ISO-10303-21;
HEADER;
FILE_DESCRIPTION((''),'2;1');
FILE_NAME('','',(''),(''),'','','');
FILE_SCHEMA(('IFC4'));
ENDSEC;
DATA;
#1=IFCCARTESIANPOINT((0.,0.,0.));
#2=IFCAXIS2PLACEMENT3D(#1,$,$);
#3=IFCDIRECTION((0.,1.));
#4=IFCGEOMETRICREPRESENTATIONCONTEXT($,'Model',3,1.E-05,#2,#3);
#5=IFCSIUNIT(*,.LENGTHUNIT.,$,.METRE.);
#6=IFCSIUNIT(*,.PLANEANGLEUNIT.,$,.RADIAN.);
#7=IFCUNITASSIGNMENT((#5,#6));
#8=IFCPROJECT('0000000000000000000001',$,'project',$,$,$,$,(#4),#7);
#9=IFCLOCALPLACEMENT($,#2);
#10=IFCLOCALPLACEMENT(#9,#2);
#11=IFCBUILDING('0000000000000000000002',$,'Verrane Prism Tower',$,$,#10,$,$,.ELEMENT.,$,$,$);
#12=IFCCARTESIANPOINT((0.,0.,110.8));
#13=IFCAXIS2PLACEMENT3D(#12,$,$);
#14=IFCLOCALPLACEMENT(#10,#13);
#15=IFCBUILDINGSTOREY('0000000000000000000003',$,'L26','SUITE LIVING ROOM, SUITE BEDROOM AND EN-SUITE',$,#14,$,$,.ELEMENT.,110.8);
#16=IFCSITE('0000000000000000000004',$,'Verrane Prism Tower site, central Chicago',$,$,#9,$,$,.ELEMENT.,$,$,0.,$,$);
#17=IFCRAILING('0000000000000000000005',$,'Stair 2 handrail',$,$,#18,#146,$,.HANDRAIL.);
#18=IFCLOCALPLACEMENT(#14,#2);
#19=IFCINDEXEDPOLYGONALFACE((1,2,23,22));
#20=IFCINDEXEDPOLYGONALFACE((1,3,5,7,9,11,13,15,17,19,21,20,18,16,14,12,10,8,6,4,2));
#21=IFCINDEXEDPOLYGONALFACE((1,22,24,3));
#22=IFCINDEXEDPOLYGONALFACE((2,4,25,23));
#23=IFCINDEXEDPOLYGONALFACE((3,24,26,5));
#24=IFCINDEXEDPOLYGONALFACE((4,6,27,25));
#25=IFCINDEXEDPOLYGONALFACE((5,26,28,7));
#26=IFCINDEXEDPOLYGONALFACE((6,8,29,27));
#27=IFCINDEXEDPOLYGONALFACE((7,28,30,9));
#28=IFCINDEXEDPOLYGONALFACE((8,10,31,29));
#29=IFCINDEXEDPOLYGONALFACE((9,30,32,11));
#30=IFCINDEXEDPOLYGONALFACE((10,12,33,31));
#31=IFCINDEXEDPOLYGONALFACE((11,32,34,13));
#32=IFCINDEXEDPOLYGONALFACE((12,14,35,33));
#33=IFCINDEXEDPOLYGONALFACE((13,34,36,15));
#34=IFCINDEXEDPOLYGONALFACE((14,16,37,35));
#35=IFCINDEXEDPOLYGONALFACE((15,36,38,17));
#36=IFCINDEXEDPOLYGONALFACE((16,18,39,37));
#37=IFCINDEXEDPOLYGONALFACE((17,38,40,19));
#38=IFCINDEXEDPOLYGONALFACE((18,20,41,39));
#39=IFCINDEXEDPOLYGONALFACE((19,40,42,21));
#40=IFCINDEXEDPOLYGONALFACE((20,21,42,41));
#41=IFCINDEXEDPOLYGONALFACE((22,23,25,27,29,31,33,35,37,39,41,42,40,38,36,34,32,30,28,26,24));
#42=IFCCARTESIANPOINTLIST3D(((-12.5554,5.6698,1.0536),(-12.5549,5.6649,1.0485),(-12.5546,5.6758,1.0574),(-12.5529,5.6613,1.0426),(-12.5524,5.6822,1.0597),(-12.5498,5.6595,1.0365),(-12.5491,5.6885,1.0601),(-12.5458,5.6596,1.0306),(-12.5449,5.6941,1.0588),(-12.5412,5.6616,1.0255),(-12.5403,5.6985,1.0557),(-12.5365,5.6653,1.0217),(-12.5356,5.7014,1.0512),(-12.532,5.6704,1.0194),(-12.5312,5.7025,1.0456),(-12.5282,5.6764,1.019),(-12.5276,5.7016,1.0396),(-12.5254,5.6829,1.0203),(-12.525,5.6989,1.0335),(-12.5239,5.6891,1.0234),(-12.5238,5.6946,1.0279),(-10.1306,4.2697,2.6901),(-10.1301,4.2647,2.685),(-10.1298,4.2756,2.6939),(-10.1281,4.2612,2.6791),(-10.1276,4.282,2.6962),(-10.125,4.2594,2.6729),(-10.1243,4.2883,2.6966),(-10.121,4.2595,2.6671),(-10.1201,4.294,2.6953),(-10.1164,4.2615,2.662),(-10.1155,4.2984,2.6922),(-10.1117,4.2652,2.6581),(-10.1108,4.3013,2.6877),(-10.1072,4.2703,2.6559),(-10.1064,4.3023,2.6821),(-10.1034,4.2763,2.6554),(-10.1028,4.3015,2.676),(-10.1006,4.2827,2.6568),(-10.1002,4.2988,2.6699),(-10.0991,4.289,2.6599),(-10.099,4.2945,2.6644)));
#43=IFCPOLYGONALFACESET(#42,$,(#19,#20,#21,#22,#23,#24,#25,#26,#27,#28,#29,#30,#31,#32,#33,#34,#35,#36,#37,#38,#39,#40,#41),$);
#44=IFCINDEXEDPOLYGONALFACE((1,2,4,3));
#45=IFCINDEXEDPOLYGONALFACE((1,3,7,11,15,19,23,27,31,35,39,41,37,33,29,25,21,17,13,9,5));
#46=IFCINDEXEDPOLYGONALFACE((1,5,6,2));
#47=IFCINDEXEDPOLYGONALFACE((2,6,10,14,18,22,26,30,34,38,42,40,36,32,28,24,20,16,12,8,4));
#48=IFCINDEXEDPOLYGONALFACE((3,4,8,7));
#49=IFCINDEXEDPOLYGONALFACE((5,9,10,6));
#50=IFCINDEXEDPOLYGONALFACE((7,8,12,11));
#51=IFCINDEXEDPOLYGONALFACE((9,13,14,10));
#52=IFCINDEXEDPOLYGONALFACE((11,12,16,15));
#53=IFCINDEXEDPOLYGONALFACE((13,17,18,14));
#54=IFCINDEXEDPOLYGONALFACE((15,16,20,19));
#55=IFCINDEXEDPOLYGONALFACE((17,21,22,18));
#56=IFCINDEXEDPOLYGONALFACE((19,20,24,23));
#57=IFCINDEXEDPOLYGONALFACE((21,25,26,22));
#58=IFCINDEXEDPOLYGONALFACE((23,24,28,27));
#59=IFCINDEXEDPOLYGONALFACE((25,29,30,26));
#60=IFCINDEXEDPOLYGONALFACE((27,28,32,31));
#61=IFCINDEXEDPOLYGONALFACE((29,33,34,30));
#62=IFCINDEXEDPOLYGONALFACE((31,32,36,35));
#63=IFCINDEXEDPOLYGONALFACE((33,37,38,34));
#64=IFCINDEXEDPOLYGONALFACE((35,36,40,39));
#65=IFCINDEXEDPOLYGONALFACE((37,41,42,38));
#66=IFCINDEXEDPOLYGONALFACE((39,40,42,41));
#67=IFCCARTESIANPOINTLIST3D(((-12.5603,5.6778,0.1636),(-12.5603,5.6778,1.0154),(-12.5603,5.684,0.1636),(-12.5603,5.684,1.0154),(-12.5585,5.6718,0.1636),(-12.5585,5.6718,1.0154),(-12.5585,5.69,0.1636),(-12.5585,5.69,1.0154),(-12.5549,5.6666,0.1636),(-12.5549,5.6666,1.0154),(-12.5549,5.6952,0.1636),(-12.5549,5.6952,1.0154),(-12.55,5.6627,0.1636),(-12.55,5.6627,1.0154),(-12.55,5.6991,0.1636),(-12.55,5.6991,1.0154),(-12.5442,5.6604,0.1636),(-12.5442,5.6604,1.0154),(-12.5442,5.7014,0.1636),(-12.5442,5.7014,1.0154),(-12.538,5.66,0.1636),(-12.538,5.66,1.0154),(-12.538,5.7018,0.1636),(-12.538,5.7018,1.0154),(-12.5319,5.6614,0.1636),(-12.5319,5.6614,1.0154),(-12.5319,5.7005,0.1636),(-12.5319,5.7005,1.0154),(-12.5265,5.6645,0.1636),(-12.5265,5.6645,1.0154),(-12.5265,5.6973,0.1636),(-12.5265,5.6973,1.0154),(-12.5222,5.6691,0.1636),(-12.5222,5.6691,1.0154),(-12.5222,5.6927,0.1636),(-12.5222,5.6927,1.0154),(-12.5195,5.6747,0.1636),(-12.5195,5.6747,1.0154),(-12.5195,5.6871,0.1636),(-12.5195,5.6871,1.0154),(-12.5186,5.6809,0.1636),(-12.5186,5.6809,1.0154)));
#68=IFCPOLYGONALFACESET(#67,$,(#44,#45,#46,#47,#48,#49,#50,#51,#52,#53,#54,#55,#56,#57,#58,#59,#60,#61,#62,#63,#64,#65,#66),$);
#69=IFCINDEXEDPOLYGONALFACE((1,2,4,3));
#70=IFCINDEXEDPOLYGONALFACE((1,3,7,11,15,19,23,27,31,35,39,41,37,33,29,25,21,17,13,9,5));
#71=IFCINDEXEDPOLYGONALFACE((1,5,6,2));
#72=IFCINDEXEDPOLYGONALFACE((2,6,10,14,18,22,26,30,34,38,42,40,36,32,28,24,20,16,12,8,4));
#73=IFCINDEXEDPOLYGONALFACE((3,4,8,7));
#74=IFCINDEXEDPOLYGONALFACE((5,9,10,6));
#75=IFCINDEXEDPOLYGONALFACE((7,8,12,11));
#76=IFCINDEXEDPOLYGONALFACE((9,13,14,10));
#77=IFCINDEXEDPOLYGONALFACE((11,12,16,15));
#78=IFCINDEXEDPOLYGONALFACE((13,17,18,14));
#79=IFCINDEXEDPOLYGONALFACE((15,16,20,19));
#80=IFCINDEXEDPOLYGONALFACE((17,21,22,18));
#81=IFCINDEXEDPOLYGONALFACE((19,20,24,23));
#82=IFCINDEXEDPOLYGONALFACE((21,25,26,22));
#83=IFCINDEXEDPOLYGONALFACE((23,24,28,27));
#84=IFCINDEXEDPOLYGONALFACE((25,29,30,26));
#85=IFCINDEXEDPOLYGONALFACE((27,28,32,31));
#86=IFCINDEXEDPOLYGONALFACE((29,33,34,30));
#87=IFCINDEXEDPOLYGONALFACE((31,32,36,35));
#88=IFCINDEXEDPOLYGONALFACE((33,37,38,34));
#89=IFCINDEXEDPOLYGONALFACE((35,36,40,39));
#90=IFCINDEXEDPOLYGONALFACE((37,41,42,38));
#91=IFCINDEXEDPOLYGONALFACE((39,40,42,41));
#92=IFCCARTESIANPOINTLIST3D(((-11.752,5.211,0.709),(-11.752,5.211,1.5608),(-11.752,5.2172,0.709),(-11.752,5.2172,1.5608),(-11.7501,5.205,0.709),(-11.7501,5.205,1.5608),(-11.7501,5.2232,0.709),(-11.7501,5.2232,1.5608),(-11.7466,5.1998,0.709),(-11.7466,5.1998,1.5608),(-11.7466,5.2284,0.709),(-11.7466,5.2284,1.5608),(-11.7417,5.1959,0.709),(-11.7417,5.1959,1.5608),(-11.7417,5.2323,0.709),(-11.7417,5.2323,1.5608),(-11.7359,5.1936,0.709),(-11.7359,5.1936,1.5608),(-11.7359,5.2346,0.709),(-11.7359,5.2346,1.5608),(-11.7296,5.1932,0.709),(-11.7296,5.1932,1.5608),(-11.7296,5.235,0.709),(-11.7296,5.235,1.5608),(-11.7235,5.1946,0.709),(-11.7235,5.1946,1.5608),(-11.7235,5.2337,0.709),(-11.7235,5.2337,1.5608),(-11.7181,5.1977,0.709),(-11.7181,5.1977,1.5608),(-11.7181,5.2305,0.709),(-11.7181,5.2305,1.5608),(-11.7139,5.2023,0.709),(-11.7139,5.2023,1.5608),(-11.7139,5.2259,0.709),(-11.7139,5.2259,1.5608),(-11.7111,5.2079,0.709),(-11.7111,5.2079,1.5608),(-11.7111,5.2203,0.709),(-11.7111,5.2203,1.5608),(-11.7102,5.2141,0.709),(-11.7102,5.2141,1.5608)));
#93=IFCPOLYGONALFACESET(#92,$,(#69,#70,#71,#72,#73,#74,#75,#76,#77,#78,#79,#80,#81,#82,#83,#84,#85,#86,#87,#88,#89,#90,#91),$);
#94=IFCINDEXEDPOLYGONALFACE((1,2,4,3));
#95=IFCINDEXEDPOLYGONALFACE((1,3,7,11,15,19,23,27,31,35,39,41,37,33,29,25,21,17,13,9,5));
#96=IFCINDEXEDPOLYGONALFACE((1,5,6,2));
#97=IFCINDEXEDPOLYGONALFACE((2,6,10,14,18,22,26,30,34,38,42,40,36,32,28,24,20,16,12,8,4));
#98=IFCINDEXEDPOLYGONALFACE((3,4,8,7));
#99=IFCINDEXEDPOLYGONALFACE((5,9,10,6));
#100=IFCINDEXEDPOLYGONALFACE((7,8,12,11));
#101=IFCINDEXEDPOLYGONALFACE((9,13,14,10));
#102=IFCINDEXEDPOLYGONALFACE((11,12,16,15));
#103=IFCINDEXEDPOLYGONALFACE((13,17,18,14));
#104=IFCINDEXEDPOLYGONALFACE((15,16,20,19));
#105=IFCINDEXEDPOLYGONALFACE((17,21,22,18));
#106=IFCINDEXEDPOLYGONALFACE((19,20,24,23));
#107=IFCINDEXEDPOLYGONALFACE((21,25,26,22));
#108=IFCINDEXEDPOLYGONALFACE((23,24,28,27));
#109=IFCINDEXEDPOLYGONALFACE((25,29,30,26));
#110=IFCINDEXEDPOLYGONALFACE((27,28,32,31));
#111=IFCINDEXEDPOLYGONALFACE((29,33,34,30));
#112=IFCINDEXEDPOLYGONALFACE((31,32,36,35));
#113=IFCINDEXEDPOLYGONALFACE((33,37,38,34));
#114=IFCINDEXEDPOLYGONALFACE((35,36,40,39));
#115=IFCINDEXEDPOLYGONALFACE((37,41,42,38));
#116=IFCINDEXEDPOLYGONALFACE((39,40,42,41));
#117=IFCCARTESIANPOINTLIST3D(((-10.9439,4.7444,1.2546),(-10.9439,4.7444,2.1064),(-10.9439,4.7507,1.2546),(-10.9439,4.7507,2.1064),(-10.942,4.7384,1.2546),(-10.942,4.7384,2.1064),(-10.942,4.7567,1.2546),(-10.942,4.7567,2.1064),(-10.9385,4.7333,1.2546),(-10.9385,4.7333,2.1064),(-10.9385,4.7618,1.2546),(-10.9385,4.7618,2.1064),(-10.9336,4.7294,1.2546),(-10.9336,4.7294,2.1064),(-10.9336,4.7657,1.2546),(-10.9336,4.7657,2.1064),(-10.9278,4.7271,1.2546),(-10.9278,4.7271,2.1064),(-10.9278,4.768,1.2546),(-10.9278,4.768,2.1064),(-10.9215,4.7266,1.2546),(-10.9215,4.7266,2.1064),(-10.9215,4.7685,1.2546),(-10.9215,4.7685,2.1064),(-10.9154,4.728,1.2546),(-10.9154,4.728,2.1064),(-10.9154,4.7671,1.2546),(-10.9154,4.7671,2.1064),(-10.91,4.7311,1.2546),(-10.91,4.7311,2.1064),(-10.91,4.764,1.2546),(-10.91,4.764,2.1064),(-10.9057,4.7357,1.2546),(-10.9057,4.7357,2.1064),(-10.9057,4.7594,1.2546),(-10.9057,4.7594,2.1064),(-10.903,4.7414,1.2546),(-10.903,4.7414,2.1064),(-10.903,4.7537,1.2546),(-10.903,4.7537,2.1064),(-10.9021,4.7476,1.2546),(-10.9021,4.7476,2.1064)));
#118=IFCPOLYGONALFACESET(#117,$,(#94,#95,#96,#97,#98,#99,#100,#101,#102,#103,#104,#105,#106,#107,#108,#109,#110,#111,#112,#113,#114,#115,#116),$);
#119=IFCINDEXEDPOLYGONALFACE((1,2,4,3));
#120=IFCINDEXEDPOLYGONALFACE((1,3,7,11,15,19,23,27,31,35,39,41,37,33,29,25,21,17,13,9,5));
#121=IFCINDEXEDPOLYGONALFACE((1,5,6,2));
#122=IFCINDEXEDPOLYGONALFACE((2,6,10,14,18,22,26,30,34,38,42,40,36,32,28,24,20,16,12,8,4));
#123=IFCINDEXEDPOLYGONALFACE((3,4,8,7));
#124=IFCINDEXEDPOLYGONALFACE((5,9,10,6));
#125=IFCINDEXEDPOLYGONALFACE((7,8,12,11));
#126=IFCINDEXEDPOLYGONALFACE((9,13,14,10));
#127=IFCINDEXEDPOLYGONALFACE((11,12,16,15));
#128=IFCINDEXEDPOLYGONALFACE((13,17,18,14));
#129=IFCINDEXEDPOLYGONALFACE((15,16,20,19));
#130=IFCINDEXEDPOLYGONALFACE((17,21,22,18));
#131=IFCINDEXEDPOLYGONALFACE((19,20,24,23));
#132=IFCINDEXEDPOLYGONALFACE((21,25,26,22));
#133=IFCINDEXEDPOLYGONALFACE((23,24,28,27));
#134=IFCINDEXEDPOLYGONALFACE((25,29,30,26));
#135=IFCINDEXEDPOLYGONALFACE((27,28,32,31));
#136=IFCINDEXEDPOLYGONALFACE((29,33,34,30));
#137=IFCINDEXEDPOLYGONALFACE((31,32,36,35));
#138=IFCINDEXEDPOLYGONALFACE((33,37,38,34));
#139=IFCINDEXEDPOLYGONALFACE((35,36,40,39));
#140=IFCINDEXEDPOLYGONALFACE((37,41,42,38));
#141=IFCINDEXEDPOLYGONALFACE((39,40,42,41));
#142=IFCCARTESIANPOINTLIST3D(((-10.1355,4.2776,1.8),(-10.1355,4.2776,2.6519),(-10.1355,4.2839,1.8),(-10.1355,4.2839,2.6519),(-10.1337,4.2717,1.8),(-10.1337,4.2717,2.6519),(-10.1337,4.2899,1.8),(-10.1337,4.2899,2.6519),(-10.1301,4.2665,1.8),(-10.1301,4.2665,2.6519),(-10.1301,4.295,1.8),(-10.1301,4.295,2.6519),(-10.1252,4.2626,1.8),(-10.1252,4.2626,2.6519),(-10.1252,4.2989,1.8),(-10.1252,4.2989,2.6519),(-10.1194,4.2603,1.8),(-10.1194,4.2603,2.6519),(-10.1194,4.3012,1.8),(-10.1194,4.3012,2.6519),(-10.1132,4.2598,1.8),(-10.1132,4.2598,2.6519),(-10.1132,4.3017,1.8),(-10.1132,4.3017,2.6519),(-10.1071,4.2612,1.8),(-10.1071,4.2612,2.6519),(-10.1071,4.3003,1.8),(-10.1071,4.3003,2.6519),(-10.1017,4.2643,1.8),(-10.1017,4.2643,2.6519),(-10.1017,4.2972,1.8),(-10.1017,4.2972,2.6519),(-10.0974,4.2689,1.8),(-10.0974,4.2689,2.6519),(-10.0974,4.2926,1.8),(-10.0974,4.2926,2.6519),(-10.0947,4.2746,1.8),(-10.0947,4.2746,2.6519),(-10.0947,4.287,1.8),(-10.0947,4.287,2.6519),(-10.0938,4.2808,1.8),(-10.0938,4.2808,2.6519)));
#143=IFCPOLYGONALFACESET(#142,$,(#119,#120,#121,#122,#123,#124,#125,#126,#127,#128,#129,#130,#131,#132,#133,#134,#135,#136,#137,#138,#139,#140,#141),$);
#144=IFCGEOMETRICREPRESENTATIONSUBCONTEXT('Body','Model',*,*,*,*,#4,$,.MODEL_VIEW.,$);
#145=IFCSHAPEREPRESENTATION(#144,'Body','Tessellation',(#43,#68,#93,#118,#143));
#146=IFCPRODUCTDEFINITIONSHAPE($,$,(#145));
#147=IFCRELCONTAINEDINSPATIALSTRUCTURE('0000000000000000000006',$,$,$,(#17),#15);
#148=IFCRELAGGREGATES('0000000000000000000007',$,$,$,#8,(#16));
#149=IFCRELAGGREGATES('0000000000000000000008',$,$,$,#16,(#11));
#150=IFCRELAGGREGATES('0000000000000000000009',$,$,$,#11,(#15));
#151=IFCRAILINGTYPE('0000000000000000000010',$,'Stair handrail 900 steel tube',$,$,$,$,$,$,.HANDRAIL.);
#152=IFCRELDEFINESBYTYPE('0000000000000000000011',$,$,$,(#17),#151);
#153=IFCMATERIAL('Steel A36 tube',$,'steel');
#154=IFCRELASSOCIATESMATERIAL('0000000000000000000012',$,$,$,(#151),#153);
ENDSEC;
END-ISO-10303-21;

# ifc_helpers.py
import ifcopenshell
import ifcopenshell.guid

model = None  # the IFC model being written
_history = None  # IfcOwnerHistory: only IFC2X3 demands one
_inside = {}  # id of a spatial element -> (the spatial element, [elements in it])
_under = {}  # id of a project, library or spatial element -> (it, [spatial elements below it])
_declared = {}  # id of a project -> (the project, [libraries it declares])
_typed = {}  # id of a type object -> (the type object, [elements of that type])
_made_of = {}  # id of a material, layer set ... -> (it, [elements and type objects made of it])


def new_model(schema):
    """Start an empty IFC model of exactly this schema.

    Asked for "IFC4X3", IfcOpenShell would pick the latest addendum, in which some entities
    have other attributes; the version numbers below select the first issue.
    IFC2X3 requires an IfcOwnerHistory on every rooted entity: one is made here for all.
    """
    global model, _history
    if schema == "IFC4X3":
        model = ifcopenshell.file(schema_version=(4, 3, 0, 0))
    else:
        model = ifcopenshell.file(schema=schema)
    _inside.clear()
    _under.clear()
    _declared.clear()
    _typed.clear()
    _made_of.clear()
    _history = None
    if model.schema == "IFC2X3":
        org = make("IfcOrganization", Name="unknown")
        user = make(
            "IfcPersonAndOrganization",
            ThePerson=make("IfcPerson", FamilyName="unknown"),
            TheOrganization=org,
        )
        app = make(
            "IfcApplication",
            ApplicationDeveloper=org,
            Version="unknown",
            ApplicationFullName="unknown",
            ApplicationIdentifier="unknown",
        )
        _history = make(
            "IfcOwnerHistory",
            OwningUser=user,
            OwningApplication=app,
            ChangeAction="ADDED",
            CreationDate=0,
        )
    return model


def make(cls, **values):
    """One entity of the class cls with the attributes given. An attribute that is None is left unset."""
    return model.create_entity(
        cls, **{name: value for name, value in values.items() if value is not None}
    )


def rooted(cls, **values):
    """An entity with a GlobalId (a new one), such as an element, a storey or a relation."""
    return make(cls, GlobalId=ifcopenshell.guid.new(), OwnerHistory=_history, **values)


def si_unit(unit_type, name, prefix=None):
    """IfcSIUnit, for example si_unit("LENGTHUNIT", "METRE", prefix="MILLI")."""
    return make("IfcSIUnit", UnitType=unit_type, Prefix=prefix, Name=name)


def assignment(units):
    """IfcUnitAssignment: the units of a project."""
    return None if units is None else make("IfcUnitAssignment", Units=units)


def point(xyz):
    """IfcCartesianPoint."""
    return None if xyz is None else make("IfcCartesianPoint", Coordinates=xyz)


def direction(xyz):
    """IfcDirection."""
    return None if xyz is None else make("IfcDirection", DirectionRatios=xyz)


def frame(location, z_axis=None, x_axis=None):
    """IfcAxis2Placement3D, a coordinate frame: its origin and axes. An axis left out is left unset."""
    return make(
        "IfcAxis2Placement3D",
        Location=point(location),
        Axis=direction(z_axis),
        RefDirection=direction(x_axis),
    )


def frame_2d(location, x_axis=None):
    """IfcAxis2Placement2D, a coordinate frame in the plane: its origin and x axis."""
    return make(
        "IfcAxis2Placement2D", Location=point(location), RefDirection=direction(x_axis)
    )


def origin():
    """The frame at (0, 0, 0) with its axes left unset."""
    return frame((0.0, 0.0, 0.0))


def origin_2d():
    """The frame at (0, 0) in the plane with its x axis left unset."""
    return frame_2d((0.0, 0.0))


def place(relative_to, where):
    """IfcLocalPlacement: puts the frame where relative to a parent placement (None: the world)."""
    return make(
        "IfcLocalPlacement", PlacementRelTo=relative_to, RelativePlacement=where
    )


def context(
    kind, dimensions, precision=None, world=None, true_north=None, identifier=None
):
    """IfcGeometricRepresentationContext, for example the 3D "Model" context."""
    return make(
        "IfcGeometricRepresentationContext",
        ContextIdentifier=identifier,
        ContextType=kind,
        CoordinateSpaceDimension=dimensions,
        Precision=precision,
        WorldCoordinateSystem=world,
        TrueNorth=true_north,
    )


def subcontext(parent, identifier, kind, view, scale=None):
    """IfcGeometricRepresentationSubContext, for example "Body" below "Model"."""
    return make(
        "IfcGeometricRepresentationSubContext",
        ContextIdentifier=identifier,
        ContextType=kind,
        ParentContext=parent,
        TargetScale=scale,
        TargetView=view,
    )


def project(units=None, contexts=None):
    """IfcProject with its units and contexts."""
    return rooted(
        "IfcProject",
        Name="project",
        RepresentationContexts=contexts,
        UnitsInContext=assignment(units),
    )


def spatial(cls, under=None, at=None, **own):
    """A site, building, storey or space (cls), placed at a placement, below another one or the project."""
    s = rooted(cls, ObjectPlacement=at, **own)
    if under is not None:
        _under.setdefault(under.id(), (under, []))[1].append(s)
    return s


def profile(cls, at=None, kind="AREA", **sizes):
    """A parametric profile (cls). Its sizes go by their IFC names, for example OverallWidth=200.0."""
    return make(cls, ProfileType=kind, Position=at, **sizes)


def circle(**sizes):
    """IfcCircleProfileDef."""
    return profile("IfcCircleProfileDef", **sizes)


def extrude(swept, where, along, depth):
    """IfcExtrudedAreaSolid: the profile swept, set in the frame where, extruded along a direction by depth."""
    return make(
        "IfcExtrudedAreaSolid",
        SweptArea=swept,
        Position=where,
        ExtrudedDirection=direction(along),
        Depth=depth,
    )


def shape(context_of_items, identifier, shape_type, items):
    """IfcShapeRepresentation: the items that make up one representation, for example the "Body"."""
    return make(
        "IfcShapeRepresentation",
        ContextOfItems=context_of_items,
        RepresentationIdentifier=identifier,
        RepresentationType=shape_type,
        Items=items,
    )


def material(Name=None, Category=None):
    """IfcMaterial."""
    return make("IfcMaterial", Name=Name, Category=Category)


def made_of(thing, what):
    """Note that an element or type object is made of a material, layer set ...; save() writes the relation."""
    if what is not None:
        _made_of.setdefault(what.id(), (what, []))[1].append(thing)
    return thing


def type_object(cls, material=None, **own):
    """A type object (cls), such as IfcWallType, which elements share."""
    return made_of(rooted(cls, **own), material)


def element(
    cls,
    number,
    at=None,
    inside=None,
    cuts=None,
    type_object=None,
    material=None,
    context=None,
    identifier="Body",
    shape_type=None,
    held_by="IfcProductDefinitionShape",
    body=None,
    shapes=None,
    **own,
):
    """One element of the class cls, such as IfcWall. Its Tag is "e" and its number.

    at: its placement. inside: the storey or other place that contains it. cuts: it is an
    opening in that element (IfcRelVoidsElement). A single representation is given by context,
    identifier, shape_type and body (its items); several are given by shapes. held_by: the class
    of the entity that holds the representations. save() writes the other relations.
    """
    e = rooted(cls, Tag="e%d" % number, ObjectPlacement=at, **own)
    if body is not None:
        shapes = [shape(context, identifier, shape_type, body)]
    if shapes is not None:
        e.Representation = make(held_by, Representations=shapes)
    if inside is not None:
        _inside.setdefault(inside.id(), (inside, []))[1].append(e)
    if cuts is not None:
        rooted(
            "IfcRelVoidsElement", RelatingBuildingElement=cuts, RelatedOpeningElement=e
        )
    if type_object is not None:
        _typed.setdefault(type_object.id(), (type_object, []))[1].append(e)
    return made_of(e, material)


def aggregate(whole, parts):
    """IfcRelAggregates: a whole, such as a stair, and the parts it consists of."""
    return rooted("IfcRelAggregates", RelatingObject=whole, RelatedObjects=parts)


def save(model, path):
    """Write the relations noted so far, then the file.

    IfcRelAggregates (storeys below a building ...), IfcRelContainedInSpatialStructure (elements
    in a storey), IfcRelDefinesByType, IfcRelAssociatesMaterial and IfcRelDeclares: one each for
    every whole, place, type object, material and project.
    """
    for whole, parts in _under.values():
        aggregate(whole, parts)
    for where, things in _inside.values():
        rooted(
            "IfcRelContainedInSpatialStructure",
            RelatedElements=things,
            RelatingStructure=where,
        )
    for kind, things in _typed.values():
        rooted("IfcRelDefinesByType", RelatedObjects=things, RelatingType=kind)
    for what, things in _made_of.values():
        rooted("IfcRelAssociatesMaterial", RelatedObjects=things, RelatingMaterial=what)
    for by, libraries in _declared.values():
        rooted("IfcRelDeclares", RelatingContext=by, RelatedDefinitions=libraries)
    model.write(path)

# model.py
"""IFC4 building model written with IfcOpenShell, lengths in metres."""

from ifc_helpers import new_model, si_unit, direction, frame, origin, origin_2d, place, context, subcontext, project, spatial, circle, extrude, material, type_object, element, save


model = new_model("IFC4")

# Units and contexts
model_context = context("Model", 3, precision=1e-05, world=origin(), true_north=direction((0.0, 1.0)))
body_context = subcontext(model_context, "Body", "Model", "MODEL_VIEW")
ifc_project = project(units=[si_unit("LENGTHUNIT", "METRE"), si_unit("PLANEANGLEUNIT", "RADIAN")], contexts=[model_context])

# Site, building, storey
site_placement = place(None, origin())
site = spatial("IfcSite", under=ifc_project, at=site_placement, Name="Verrane Prism Tower site, central Chicago", CompositionType="ELEMENT", RefElevation=0.0)
building_placement = place(site_placement, origin())
building = spatial("IfcBuilding", under=site, at=building_placement, Name="Verrane Prism Tower", CompositionType="ELEMENT")
storey_placement = place(building_placement, frame((0.0, 0.0, 110.8)))
storey = spatial("IfcBuildingStorey", under=building, at=storey_placement, Name="L26", Description="SUITE LIVING ROOM, SUITE BEDROOM AND EN-SUITE", CompositionType="ELEMENT", Elevation=110.8)

# Railing
ifc_material_1 = material(Name="Steel A36 tube", Category="steel")
railing_type_1 = type_object("IfcRailingType", Name="Stair handrail 900 steel tube", PredefinedType="HANDRAIL", material=ifc_material_1)
railing_1_placement = place(storey_placement, frame((-12.5396, 5.6809, 0.1636)))
element("IfcRailing", 1, at=railing_1_placement, inside=storey, type_object=railing_type_1, Name="Stair 2 handrail", PredefinedType="HANDRAIL", context=body_context, shape_type="SweptSolid", body=[
    extrude(circle(Radius=0.0239, at=origin_2d()), frame((0.0, 0.0, 0.876), z_axis=(0.747666, -0.431722, 0.504591), x_axis=(0.50005, 0.865997, 0.0)), (0.0, 0.0, 1.0), 3.2432),
    extrude(circle(Radius=0.021, at=origin_2d()), origin(), (0.0, 0.0, 1.0), 0.8518),
    extrude(circle(Radius=0.021, at=origin_2d()), frame((0.8083, -0.4668, 0.5454)), (0.0, 0.0, 1.0), 0.8518),
    extrude(circle(Radius=0.021, at=origin_2d()), frame((1.6165, -0.9333, 1.0911)), (0.0, 0.0, 1.0), 0.8518),
    extrude(circle(Radius=0.021, at=origin_2d()), frame((2.4248, -1.4001, 1.6365)), (0.0, 0.0, 1.0), 0.8518),
])

save(model, "model.ifc")
